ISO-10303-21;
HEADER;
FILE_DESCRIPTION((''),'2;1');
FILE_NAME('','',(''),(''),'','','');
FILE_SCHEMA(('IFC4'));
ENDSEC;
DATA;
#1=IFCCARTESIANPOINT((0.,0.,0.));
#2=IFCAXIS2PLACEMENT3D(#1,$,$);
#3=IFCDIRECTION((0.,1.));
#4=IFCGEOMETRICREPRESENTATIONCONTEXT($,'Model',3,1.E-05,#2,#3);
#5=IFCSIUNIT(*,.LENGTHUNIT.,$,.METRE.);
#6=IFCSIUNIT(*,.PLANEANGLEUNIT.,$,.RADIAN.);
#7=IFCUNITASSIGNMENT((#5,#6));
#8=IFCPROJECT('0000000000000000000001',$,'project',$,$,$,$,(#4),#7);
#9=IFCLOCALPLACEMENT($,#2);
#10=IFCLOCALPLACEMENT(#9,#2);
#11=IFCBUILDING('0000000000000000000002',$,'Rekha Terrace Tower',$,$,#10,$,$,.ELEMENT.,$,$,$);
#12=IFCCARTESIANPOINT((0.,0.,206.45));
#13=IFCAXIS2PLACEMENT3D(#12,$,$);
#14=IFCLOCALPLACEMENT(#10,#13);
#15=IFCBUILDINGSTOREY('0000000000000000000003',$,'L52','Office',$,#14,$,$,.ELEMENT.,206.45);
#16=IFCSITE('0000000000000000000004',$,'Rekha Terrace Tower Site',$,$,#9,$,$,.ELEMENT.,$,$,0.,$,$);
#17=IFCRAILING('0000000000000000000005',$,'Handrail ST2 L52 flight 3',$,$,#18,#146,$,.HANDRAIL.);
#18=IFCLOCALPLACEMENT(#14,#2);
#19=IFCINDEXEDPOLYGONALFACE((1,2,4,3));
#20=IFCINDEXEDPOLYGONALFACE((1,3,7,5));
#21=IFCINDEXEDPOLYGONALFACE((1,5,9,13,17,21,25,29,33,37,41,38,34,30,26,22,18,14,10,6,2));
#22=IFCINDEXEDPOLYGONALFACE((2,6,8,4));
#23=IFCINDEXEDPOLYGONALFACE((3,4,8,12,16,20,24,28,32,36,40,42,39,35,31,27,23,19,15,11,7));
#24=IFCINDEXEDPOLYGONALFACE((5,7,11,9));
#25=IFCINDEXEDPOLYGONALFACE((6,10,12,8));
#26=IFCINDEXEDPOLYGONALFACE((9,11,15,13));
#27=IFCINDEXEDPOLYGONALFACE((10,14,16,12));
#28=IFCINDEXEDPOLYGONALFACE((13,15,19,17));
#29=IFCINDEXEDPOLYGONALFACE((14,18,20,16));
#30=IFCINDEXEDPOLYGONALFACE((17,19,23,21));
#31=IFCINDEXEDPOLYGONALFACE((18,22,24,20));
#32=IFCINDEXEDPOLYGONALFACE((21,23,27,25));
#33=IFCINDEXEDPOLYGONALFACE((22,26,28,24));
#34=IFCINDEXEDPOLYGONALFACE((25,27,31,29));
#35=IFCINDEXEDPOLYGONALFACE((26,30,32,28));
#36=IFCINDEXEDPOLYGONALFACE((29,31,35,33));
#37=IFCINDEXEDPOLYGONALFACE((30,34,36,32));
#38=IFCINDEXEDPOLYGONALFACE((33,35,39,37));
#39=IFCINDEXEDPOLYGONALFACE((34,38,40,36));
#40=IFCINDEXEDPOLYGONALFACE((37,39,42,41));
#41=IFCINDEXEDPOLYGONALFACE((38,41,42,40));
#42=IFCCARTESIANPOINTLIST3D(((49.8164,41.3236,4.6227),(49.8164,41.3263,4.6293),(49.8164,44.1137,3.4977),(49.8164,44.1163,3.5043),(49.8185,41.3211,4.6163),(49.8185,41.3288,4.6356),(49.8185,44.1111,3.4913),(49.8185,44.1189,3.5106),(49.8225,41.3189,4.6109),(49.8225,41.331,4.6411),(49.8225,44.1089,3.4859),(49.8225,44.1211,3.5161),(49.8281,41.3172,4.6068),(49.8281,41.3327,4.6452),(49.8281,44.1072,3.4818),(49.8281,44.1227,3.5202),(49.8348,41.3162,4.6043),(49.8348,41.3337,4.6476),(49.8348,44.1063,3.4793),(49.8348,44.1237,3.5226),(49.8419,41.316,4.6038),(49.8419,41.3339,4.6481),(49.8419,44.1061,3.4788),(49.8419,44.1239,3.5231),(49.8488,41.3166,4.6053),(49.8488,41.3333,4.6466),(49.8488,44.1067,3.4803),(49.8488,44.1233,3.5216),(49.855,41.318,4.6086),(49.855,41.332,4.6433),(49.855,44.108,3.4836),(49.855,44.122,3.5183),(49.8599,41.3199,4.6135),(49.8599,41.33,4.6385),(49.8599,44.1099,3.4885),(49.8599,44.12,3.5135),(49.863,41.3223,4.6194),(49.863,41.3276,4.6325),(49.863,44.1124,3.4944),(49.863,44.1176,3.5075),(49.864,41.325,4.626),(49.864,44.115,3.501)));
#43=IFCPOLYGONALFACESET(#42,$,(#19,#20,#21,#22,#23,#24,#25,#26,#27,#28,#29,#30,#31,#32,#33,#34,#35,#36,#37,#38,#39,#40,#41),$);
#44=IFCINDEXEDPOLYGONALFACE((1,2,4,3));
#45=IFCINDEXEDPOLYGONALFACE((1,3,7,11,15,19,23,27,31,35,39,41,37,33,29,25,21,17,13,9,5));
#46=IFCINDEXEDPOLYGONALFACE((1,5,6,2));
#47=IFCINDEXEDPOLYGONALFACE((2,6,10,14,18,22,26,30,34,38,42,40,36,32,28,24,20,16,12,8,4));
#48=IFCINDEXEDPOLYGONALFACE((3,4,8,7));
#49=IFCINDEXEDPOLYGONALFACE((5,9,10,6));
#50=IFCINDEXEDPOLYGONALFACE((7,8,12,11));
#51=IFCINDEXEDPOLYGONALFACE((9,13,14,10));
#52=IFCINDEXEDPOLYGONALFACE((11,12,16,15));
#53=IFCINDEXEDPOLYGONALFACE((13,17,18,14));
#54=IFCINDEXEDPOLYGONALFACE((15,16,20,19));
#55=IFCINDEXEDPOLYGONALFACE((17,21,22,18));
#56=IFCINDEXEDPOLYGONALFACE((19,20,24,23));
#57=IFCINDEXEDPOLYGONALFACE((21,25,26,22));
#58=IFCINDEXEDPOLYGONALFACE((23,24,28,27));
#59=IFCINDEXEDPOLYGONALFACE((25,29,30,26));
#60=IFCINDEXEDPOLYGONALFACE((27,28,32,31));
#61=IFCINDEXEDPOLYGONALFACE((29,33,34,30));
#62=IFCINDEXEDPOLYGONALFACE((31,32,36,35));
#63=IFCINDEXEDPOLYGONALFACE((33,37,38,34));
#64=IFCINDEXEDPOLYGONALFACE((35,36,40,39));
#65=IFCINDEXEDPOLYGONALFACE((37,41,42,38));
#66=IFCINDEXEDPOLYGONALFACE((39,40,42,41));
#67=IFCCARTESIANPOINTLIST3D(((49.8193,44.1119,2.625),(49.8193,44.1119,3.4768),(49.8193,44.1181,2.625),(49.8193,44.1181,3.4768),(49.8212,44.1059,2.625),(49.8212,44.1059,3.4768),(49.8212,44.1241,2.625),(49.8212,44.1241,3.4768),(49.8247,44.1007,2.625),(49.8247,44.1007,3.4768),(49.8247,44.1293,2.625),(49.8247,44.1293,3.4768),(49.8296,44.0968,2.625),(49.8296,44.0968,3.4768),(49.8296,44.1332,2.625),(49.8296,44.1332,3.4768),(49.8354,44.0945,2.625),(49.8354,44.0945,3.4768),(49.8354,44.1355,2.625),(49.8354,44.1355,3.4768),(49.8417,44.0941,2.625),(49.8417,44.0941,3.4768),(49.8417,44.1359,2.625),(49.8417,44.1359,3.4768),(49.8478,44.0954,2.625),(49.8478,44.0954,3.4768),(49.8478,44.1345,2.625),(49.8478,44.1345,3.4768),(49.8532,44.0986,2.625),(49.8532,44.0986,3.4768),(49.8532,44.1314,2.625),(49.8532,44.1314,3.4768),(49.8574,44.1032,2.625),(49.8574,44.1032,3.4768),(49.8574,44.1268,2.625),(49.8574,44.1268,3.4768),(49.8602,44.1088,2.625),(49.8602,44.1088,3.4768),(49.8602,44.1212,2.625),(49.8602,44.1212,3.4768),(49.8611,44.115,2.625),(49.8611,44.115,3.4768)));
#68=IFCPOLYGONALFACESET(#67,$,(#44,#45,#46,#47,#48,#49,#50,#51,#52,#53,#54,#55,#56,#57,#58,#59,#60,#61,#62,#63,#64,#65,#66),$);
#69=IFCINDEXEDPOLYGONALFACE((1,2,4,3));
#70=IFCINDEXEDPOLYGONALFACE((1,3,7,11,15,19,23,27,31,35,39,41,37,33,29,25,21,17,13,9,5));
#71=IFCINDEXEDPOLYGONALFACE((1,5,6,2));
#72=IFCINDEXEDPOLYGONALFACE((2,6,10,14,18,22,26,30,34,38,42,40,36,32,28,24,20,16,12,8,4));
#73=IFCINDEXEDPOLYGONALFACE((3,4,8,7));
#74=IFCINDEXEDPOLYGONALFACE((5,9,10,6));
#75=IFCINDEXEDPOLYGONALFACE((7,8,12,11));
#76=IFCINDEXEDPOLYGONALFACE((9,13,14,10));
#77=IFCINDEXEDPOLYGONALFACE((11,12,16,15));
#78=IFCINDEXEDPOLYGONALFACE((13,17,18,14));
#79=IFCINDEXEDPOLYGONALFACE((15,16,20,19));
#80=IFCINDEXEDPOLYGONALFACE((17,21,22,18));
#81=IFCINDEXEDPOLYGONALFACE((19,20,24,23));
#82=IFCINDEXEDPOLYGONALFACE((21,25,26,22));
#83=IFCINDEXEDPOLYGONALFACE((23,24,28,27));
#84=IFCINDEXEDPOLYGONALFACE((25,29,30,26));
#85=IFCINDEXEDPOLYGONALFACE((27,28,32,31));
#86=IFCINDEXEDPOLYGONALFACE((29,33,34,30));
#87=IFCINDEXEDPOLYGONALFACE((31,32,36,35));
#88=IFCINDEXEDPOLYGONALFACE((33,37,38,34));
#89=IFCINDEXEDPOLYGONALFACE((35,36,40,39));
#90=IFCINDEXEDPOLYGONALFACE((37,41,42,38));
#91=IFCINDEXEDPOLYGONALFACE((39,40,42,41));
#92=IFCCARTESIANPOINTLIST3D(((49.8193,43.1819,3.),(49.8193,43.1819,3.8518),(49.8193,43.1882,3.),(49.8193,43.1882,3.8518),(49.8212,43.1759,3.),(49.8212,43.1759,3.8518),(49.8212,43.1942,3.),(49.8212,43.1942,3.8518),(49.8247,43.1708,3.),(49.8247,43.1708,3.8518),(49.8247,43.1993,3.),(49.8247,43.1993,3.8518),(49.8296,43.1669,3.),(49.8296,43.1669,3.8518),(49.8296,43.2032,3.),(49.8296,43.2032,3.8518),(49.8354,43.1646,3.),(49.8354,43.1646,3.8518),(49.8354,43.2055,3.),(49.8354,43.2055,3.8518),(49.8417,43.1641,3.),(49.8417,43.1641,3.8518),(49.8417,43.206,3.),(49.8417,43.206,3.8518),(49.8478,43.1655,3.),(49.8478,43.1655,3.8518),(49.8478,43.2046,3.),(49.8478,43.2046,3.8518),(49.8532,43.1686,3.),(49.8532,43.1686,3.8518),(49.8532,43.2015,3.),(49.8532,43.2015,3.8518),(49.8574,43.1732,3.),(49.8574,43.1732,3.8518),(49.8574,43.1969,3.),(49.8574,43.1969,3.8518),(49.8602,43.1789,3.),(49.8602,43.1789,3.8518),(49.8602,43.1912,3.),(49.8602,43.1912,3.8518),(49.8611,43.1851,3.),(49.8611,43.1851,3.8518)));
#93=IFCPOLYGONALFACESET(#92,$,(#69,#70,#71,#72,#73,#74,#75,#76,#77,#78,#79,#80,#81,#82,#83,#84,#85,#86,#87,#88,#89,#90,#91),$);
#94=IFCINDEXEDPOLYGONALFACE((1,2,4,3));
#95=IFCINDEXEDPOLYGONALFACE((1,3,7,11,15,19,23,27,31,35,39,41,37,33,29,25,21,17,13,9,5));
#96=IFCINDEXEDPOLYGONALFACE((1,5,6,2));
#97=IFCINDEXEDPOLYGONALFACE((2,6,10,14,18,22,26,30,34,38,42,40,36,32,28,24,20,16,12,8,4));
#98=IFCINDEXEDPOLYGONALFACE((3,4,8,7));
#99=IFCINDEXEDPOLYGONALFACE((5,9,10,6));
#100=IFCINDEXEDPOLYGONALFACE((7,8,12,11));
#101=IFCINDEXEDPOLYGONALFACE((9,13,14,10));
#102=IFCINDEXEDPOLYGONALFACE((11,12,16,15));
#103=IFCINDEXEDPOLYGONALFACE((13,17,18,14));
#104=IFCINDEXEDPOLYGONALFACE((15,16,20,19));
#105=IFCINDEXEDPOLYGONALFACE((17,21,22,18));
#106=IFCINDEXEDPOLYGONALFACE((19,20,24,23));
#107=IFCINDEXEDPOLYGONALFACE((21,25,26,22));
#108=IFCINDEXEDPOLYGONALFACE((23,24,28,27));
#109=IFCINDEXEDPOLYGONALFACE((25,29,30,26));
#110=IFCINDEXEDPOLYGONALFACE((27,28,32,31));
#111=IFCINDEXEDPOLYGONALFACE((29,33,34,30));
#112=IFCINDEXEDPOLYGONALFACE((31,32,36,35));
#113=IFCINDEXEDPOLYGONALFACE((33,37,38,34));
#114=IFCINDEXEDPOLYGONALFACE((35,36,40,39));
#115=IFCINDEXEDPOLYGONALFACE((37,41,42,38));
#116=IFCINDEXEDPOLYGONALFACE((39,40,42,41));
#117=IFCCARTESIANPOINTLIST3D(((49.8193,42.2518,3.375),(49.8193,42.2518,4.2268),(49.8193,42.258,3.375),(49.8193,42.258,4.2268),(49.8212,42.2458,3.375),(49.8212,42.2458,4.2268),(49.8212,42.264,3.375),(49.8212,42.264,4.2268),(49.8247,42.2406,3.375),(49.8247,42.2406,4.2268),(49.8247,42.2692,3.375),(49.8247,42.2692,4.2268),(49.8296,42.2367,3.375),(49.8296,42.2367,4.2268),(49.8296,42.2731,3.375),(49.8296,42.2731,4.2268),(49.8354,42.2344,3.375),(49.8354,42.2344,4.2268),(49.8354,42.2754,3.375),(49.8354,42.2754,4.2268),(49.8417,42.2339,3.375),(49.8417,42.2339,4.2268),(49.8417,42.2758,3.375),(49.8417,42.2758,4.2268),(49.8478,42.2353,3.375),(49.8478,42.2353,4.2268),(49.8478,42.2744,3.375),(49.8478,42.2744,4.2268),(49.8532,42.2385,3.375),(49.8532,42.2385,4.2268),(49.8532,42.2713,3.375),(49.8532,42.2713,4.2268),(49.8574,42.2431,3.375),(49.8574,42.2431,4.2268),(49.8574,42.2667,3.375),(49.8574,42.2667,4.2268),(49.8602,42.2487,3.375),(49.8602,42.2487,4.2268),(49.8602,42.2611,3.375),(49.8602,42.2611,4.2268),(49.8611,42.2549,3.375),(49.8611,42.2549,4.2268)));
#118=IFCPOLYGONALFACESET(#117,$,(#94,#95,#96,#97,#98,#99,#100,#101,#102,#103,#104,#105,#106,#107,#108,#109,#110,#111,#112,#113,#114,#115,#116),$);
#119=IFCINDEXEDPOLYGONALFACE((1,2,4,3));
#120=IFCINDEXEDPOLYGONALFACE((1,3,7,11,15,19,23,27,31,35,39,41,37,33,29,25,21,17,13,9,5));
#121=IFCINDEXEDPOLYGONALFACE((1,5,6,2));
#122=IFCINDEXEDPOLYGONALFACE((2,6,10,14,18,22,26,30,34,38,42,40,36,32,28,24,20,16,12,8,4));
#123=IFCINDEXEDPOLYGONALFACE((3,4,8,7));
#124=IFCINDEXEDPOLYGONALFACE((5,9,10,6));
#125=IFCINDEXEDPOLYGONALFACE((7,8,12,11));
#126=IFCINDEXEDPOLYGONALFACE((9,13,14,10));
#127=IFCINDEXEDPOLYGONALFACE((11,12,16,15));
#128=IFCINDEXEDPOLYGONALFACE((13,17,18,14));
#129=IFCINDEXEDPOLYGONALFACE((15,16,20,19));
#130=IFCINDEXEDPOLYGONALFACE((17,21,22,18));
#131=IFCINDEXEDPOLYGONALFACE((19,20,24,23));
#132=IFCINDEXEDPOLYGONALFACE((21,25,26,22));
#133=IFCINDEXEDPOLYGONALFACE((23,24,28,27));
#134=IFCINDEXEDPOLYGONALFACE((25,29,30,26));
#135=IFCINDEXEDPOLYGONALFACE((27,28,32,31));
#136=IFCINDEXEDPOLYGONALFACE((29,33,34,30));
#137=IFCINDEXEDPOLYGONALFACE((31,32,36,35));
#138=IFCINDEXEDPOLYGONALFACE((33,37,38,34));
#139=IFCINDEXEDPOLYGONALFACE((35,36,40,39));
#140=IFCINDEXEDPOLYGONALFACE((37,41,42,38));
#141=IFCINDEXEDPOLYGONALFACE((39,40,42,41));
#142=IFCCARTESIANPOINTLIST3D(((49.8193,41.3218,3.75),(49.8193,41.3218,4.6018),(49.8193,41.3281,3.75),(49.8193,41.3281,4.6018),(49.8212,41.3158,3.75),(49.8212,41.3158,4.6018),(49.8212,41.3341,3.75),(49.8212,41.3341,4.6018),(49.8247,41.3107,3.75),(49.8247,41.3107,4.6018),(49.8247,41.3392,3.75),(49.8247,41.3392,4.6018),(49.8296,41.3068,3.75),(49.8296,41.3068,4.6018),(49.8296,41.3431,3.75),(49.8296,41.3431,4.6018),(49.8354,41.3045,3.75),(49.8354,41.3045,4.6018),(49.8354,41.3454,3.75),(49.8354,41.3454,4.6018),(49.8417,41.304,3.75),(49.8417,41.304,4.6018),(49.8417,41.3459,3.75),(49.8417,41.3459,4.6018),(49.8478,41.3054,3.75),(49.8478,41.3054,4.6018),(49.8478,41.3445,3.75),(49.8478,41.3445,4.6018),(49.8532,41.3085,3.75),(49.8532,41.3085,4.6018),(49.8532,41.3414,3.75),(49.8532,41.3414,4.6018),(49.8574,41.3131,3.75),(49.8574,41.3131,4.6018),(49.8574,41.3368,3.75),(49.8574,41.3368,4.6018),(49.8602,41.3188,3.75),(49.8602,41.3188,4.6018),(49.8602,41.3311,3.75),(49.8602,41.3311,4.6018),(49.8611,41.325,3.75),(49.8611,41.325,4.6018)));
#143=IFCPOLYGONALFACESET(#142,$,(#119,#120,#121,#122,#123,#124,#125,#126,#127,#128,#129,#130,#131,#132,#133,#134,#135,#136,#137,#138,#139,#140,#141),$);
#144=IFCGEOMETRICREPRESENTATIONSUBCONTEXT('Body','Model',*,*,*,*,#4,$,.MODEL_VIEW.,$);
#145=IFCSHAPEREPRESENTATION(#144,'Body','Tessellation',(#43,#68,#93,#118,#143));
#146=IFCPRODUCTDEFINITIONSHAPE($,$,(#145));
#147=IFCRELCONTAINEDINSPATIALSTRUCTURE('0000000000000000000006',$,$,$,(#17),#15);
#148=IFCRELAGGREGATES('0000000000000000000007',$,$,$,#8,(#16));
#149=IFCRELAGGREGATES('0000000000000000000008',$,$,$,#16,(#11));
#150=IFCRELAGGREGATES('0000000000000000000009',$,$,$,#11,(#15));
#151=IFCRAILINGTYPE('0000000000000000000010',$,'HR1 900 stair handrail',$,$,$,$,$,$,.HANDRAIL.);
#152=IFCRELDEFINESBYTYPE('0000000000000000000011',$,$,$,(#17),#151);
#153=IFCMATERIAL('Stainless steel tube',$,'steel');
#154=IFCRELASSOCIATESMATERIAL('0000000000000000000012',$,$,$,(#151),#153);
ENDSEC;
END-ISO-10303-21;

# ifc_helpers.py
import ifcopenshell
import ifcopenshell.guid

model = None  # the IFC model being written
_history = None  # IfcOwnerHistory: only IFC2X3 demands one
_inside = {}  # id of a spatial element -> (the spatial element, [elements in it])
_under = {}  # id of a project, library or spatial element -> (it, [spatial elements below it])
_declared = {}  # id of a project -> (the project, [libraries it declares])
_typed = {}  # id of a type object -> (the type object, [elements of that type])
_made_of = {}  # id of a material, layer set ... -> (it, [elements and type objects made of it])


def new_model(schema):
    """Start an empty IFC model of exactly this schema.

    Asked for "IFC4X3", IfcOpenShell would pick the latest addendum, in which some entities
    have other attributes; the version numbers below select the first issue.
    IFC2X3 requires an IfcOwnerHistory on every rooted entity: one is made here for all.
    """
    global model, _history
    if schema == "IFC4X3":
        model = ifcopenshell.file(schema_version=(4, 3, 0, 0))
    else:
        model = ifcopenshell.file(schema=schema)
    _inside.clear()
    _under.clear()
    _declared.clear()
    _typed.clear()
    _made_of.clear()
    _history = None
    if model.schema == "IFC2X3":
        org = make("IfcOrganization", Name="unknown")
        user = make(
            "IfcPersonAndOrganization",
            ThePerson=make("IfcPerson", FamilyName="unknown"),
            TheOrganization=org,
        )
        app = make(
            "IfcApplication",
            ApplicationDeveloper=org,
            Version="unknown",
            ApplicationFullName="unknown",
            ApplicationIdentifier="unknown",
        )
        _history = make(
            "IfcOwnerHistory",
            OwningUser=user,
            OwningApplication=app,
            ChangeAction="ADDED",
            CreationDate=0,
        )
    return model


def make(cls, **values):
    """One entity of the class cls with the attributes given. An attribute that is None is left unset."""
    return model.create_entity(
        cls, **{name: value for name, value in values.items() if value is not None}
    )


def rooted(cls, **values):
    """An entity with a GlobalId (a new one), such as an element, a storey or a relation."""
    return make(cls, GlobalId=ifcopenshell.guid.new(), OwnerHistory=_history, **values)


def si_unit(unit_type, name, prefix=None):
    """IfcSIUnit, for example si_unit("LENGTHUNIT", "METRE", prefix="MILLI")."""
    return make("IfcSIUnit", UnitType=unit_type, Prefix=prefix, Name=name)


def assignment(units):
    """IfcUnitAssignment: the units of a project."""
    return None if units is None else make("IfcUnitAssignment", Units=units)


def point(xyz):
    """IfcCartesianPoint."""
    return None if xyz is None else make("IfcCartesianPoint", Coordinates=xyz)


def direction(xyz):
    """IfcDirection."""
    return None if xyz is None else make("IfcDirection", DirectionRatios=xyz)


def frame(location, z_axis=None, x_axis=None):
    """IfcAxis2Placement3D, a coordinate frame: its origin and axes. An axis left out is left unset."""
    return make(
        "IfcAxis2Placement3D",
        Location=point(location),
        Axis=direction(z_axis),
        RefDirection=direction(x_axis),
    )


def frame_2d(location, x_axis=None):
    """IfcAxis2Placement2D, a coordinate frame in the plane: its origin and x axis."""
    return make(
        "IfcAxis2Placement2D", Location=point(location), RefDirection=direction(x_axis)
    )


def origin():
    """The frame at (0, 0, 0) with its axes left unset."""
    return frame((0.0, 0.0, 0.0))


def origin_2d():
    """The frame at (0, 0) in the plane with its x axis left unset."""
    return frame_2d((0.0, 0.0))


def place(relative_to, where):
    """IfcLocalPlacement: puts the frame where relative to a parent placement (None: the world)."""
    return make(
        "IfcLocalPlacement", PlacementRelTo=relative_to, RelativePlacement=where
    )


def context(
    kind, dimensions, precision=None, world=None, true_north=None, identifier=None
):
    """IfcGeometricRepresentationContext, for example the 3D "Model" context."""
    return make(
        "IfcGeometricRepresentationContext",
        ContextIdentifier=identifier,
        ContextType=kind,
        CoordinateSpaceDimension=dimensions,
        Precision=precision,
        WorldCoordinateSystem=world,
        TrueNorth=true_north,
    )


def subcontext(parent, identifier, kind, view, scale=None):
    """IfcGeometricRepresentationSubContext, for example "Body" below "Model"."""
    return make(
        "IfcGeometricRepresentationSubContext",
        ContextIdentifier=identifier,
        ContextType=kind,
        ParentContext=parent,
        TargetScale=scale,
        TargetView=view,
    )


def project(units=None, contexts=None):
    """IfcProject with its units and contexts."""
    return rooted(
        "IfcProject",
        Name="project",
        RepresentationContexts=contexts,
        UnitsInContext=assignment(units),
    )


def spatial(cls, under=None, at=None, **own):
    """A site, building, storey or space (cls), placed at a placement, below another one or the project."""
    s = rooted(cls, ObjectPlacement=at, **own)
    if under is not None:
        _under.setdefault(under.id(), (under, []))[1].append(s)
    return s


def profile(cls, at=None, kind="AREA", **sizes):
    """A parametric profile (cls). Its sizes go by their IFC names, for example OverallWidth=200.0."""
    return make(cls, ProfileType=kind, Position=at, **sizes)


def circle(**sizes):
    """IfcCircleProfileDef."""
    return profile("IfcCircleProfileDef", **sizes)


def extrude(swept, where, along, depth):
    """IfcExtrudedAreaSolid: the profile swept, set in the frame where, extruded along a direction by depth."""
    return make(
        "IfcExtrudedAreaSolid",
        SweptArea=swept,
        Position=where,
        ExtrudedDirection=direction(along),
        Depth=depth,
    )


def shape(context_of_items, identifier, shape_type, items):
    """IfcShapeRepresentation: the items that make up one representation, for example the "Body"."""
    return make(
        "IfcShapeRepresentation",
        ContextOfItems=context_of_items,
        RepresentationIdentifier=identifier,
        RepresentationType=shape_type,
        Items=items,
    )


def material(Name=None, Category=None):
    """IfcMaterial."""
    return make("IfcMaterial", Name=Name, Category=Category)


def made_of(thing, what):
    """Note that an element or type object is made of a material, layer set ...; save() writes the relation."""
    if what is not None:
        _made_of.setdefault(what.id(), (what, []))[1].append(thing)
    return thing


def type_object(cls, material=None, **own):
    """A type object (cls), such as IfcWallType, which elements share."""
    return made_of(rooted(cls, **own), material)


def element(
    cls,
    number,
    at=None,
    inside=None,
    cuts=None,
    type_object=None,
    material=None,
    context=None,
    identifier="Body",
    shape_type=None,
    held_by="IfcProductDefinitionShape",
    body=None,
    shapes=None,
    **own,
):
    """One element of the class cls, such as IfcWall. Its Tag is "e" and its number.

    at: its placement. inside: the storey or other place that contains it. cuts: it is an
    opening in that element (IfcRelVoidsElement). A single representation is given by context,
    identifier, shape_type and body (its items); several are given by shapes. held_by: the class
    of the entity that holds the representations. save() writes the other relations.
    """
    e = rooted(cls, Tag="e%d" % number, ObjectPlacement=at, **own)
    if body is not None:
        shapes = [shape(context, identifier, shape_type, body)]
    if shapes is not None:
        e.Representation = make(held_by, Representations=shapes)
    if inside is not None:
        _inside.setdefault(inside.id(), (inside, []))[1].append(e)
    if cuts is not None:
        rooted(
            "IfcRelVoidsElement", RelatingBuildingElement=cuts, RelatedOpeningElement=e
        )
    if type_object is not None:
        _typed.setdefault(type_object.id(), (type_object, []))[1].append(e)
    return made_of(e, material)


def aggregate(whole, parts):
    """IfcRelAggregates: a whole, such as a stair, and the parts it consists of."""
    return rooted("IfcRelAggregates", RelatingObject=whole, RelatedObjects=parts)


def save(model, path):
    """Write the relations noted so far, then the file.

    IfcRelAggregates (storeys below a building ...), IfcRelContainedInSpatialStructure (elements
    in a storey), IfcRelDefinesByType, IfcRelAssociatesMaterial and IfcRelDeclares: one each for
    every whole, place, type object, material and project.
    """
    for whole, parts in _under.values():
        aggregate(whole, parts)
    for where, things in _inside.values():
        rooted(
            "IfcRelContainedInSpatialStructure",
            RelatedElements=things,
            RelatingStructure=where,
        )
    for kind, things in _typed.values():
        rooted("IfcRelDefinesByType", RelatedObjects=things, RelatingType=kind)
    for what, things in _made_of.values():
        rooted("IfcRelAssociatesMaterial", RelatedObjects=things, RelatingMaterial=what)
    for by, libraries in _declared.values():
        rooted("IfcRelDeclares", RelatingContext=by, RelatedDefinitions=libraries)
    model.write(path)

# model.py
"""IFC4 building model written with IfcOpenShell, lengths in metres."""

from ifc_helpers import new_model, si_unit, direction, frame, origin, origin_2d, place, context, subcontext, project, spatial, circle, extrude, material, type_object, element, save


model = new_model("IFC4")

# Units and contexts
model_context = context("Model", 3, precision=1e-05, world=origin(), true_north=direction((0.0, 1.0)))
body_context = subcontext(model_context, "Body", "Model", "MODEL_VIEW")
ifc_project = project(units=[si_unit("LENGTHUNIT", "METRE"), si_unit("PLANEANGLEUNIT", "RADIAN")], contexts=[model_context])

# Site, building, storey
site_placement = place(None, origin())
site = spatial("IfcSite", under=ifc_project, at=site_placement, Name="Rekha Terrace Tower Site", CompositionType="ELEMENT", RefElevation=0.0)
building_placement = place(site_placement, origin())
building = spatial("IfcBuilding", under=site, at=building_placement, Name="Rekha Terrace Tower", CompositionType="ELEMENT")
storey_placement = place(building_placement, frame((0.0, 0.0, 206.45)))
storey = spatial("IfcBuildingStorey", under=building, at=storey_placement, Name="L52", Description="Office", CompositionType="ELEMENT", Elevation=206.45)

# Railing
ifc_material_1 = material(Name="Stainless steel tube", Category="steel")
railing_type_1 = type_object("IfcRailingType", Name="HR1 900 stair handrail", PredefinedType="HANDRAIL", material=ifc_material_1)
railing_1_placement = place(storey_placement, frame((49.8401, 44.115, 2.625)))
element("IfcRailing", 1, at=railing_1_placement, inside=storey, type_object=railing_type_1, Name="Handrail ST2 L52 flight 3", PredefinedType="HANDRAIL", context=body_context, shape_type="SweptSolid", body=[
    extrude(circle(Radius=0.0239, at=origin_2d()), frame((0.0, 0.0, 0.876), z_axis=(0.0, -0.927443, 0.373964), x_axis=(1.0, 0.0, 0.0)), (0.0, 0.0, 1.0), 3.0083),
    extrude(circle(Radius=0.021, at=origin_2d()), origin(), (0.0, 0.0, 1.0), 0.8518),
    extrude(circle(Radius=0.021, at=origin_2d()), frame((0.0, -0.9299, 0.375)), (0.0, 0.0, 1.0), 0.8518),
    extrude(circle(Radius=0.021, at=origin_2d()), frame((0.0, -1.8601, 0.75)), (0.0, 0.0, 1.0), 0.8518),
    extrude(circle(Radius=0.021, at=origin_2d()), frame((0.0, -2.79, 1.125)), (0.0, 0.0, 1.0), 0.8518),
])

save(model, "model.ifc")
